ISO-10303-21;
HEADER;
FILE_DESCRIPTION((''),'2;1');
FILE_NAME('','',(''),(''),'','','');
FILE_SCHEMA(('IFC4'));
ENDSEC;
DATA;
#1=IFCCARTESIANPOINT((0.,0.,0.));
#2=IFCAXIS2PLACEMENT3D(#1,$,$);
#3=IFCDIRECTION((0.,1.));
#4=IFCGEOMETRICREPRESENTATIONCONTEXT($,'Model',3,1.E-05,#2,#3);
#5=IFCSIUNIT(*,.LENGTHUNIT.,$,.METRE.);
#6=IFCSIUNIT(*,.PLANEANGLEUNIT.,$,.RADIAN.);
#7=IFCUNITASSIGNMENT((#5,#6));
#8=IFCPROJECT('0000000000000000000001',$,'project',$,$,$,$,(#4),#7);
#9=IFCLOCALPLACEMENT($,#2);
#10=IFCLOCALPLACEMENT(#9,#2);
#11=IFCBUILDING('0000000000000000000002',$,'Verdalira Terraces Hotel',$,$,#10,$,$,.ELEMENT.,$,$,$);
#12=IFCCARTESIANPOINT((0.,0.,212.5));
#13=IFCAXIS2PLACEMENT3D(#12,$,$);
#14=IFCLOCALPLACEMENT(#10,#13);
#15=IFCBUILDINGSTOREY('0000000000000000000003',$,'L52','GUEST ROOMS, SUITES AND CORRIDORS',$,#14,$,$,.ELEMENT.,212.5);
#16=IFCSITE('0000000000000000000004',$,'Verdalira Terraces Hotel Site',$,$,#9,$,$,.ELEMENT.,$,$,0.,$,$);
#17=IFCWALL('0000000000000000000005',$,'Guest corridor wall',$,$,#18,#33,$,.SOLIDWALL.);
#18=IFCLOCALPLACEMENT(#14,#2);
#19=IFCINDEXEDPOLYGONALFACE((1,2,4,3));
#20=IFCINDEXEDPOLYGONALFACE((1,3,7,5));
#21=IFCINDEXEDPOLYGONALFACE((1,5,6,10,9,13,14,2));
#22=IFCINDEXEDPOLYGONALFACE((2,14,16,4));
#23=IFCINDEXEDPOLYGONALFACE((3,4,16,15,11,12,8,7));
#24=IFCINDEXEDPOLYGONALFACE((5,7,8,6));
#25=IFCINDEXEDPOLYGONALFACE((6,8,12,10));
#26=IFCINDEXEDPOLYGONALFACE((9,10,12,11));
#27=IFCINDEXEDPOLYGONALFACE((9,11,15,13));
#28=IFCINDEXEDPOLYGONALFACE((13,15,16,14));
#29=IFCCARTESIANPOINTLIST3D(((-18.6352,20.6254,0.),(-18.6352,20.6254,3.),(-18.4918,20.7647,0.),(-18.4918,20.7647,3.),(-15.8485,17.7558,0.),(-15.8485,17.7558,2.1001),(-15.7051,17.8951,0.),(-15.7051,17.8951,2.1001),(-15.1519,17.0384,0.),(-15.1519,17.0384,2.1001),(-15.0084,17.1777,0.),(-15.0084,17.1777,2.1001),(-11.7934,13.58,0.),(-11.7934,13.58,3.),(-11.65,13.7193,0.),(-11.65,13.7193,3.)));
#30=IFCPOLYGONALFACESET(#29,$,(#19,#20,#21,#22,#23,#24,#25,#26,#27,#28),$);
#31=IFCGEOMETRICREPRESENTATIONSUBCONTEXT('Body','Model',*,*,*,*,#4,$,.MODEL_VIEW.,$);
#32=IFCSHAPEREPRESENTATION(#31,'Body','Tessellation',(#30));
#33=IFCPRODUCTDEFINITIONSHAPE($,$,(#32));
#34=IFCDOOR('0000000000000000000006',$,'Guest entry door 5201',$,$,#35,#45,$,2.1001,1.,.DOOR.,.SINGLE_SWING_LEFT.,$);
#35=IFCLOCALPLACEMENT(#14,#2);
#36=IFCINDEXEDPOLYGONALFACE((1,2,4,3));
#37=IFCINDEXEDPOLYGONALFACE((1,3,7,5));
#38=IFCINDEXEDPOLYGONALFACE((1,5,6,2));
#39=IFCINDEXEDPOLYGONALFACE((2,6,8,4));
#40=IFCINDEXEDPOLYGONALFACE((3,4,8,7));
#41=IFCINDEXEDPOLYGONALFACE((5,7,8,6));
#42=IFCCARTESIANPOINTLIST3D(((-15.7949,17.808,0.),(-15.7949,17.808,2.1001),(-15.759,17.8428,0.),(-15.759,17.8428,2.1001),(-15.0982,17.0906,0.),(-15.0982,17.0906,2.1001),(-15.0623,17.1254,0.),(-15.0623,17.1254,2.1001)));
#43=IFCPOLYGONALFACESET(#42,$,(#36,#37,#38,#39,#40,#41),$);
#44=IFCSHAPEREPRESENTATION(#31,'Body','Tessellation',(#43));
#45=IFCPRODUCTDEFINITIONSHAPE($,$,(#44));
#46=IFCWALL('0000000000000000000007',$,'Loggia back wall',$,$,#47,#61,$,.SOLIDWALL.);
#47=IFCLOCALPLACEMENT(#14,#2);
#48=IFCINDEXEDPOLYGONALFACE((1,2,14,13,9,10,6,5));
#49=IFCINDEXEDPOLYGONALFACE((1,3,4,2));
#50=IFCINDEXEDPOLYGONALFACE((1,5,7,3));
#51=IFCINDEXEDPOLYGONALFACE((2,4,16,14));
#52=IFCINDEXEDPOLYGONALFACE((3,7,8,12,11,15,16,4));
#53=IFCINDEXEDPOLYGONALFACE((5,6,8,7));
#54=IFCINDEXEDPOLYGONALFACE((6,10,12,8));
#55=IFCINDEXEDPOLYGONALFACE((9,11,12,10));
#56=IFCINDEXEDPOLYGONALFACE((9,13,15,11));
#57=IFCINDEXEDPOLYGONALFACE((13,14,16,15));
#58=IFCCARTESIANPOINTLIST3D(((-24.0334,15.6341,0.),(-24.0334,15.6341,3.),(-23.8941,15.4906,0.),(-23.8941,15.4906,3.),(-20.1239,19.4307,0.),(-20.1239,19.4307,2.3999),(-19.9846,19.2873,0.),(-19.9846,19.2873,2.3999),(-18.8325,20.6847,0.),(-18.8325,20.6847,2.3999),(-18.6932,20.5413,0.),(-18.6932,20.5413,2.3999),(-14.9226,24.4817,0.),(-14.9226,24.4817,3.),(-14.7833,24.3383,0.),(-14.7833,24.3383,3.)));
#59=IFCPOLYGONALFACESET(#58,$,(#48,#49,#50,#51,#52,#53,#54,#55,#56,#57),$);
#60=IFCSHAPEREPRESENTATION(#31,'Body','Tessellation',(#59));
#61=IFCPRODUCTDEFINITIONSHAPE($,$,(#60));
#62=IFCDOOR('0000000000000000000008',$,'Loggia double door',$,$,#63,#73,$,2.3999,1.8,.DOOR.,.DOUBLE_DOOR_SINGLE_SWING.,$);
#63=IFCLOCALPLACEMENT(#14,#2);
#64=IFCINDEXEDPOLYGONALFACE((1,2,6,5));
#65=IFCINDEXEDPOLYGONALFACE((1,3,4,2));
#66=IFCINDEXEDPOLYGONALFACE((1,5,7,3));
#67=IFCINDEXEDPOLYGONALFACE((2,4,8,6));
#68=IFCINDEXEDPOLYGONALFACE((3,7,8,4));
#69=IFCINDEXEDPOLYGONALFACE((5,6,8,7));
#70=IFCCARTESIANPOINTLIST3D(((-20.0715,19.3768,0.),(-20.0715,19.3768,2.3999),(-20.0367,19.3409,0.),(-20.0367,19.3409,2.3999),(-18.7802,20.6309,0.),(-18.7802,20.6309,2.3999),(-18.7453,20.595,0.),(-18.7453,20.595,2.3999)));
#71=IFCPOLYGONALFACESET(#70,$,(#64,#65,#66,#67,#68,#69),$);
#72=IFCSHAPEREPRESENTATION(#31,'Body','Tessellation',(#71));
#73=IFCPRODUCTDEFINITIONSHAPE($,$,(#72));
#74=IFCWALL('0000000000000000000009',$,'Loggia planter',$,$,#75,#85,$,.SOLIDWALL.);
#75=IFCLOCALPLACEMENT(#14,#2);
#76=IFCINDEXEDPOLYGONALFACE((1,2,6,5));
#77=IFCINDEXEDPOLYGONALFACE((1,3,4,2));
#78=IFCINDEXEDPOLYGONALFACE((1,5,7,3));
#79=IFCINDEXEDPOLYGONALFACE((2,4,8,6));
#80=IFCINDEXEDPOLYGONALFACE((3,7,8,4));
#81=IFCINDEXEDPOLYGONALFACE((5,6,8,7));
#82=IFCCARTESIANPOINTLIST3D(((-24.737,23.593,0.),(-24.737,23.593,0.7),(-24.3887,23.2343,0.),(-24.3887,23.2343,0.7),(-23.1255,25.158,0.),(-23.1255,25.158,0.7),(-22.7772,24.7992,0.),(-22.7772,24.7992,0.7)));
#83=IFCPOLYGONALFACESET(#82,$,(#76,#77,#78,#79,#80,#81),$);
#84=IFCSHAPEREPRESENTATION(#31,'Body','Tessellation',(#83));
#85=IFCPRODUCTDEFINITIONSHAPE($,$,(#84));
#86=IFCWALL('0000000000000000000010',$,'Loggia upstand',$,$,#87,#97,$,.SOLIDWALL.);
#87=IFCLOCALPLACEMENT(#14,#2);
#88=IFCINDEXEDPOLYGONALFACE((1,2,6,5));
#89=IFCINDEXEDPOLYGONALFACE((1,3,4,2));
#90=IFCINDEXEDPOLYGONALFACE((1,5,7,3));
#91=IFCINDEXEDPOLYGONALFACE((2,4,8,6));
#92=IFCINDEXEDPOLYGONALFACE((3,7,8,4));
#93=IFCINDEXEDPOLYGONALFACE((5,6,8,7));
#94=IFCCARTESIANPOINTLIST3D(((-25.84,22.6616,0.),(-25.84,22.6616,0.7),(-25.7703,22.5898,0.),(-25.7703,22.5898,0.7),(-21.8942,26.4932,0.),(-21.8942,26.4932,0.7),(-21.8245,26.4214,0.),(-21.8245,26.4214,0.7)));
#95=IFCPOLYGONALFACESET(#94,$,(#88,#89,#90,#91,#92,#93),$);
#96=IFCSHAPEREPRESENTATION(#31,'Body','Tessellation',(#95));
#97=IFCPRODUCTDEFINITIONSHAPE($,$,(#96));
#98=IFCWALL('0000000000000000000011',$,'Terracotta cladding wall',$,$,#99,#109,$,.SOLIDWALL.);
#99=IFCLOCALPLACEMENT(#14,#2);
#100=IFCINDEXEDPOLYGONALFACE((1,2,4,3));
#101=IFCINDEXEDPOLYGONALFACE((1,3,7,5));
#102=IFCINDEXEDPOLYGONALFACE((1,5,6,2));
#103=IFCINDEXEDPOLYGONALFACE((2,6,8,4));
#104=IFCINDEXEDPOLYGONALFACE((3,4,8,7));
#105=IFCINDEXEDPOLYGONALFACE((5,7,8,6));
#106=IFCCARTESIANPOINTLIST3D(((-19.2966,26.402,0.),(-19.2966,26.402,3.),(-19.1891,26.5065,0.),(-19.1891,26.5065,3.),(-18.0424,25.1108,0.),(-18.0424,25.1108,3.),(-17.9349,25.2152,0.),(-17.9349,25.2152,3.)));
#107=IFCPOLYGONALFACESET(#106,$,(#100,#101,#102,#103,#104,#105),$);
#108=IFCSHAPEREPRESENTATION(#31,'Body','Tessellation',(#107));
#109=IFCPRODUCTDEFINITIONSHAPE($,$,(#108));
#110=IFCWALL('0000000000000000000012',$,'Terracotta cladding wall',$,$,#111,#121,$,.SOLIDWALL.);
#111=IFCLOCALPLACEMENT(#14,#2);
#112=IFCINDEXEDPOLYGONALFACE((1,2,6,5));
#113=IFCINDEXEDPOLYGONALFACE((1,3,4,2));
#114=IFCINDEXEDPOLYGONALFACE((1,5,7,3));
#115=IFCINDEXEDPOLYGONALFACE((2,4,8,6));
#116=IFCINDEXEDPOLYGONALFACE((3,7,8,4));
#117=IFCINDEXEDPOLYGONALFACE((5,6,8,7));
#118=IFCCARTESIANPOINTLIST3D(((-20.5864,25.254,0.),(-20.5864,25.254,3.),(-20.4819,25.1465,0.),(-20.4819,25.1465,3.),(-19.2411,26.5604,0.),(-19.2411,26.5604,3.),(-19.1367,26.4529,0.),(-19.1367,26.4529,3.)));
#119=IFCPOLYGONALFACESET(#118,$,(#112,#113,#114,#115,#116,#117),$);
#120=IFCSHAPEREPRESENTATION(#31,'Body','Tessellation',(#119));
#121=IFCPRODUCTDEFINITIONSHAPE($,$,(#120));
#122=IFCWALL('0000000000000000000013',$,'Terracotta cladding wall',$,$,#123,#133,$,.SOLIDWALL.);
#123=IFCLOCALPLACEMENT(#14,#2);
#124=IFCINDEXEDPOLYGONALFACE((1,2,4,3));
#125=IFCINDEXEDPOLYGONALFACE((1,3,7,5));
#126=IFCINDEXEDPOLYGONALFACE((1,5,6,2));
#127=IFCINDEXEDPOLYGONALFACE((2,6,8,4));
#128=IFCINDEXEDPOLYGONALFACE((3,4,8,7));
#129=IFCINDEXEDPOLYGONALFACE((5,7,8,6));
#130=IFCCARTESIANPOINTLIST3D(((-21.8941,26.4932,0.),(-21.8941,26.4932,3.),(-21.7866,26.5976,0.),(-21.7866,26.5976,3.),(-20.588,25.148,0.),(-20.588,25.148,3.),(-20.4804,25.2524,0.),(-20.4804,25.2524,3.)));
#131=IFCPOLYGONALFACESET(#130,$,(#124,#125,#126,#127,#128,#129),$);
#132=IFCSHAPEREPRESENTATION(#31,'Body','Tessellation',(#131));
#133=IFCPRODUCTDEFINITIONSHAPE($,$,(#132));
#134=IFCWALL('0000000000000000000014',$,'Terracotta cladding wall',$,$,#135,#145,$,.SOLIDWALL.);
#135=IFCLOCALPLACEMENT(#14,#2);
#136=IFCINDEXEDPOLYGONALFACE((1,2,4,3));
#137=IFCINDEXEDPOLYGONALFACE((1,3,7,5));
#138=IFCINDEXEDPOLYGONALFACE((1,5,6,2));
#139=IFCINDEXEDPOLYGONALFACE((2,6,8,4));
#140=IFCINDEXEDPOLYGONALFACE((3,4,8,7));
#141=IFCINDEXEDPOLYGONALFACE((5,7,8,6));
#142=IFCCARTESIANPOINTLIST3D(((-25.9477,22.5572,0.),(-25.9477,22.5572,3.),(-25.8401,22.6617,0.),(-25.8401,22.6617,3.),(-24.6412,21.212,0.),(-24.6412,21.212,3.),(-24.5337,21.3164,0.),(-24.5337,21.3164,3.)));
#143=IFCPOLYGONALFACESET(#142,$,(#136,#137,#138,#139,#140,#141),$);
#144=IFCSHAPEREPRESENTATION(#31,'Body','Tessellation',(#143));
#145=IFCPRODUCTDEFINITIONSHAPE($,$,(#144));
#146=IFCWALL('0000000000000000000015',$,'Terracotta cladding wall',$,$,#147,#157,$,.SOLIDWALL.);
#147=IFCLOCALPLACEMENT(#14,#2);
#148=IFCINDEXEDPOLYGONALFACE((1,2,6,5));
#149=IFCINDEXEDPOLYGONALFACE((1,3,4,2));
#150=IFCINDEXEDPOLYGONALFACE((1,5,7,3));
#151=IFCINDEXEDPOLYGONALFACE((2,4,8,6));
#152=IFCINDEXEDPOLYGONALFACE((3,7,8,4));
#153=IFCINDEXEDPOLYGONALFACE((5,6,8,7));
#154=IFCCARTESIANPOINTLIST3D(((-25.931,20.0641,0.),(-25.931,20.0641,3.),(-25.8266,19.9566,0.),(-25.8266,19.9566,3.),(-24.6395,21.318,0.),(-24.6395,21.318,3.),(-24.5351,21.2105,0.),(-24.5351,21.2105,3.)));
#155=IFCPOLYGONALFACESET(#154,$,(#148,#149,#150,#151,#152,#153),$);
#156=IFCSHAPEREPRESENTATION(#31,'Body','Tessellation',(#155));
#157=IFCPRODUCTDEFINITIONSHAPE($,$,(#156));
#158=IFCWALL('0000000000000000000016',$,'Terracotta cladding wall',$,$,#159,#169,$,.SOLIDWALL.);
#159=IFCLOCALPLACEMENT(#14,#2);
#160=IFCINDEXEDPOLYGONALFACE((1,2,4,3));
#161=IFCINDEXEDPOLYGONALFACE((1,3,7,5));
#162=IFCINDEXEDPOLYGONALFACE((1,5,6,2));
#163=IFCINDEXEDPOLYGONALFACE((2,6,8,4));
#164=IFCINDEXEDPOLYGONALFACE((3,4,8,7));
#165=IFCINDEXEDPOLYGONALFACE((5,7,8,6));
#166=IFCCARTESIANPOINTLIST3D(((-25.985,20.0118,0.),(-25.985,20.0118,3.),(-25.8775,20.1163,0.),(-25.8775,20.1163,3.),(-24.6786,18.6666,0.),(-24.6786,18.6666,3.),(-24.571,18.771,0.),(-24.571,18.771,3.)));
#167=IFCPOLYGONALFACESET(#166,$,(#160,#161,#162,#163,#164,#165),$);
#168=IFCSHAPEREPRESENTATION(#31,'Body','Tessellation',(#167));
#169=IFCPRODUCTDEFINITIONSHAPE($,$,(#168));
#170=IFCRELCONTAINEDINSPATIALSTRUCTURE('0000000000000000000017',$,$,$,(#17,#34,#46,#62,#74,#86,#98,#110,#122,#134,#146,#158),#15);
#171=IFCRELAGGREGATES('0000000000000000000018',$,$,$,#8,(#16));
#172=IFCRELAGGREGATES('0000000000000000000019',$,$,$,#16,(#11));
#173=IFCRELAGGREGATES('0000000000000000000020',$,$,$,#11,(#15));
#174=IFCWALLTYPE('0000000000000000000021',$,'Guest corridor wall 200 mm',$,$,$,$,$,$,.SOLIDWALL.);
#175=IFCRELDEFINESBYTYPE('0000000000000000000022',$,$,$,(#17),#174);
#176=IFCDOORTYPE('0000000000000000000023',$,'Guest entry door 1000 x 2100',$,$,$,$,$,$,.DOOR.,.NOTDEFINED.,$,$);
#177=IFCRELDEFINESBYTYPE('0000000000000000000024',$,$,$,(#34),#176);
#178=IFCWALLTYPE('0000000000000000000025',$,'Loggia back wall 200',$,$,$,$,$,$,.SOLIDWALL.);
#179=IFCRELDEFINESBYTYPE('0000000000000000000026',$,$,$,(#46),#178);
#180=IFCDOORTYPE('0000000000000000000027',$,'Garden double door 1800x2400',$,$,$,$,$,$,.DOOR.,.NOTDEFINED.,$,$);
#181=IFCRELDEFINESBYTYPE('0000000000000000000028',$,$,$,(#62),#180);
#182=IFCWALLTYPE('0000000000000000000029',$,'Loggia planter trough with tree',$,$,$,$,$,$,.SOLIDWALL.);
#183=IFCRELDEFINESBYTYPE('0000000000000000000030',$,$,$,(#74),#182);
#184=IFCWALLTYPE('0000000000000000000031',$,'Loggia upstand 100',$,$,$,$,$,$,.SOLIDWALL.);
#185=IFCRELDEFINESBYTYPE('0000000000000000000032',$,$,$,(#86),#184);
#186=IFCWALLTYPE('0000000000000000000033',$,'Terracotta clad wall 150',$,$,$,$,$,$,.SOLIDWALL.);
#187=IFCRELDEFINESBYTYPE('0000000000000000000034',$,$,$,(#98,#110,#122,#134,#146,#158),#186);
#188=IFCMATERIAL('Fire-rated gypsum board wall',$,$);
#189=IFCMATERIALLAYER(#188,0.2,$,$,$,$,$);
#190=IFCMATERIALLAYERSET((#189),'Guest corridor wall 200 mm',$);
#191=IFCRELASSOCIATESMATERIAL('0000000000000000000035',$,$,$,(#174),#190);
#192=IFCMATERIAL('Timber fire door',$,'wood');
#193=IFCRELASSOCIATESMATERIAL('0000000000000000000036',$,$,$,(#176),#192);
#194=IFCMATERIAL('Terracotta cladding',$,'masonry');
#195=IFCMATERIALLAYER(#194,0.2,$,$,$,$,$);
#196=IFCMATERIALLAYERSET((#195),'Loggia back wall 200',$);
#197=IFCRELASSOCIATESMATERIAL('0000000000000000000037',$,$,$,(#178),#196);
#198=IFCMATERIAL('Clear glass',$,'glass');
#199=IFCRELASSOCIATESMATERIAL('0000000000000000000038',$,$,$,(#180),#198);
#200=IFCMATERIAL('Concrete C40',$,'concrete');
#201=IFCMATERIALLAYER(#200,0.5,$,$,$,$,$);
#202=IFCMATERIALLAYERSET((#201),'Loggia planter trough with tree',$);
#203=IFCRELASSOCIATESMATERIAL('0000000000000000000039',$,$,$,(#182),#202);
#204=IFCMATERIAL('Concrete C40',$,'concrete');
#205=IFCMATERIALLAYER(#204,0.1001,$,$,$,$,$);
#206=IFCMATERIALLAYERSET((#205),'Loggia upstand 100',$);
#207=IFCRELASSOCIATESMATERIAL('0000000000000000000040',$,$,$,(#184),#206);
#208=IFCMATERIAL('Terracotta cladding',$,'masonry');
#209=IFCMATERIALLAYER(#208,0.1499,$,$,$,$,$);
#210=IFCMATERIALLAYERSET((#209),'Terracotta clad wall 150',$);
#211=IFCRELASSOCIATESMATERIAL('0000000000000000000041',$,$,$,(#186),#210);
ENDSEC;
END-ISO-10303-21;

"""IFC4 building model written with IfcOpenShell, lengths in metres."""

from ifc_helpers import new_model, si_unit, direction, frame, frame_2d, origin, place, context, subcontext, project, spatial, rectangle, extrude, material, layer, layer_set, type_object, element, fill, save


model = new_model("IFC4")

# Units and contexts
model_context = context("Model", 3, precision=1e-05, world=origin(), true_north=direction((0.0, 1.0)))
body_context = subcontext(model_context, "Body", "Model", "MODEL_VIEW")
ifc_project = project(units=[si_unit("LENGTHUNIT", "METRE"), si_unit("PLANEANGLEUNIT", "RADIAN")], contexts=[model_context])

# Site, building, storey
site_placement = place(None, origin())
site = spatial("IfcSite", under=ifc_project, at=site_placement, Name="Verdalira Terraces Hotel Site", CompositionType="ELEMENT", RefElevation=0.0)
building_placement = place(site_placement, origin())
building = spatial("IfcBuilding", under=site, at=building_placement, Name="Verdalira Terraces Hotel", CompositionType="ELEMENT")
storey_placement = place(building_placement, frame((0.0, 0.0, 212.5)))
storey = spatial("IfcBuildingStorey", under=building, at=storey_placement, Name="L52", Description="GUEST ROOMS, SUITES AND CORRIDORS", CompositionType="ELEMENT", Elevation=212.5)

# Walls, openings, doors
ifc_material_1 = material(Name="Fire-rated gypsum board wall")
ifc_layer_1 = layer(ifc_material_1, 0.2)
ifc_layer_set_1 = layer_set([ifc_layer_1], Name="Guest corridor wall 200 mm")
wall_type_1 = type_object("IfcWallType", Name="Guest corridor wall 200 mm", PredefinedType="SOLIDWALL", material=ifc_layer_set_1)
wall_1_placement = place(storey_placement, frame((-18.5635, 20.6951, 0.0), z_axis=(0.0, 0.0, 1.0), x_axis=(0.696664, -0.717397, 0.0)))
wall_1 = element("IfcWall", 1, at=wall_1_placement, inside=storey, type_object=wall_type_1, Name="Guest corridor wall", PredefinedType="SOLIDWALL", context=body_context, shape_type="SweptSolid", body=[
    extrude(rectangle(XDim=9.8208, YDim=0.2, at=frame_2d((4.9104, 0.0))), origin(), (0.0, 0.0, 1.0), 3.0),
])
opening_1_placement = place(wall_1_placement, frame((4.0, 0.0, 0.0)))
opening_1 = element("IfcOpeningElement", 2, at=opening_1_placement, cuts=wall_1, PredefinedType="OPENING", context=body_context, shape_type="SweptSolid", body=[
    extrude(rectangle(XDim=1.0, YDim=2.1001, at=frame_2d((0.5, 1.05))), frame((0.0, 0.1099, 0.0), z_axis=(0.0, -1.0, 0.0), x_axis=(1.0, 0.0, 0.0)), (0.0, 0.0, 1.0), 0.22),
])
ifc_material_2 = material(Name="Timber fire door", Category="wood")
door_type_1 = type_object("IfcDoorType", Name="Guest entry door 1000 x 2100", OperationType="NOTDEFINED", PredefinedType="DOOR", material=ifc_material_2)
door_1_placement = place(opening_1_placement, origin())
door_1 = element("IfcDoor", 3, at=door_1_placement, inside=storey, type_object=door_type_1, Name="Guest entry door 5201", OperationType="SINGLE_SWING_LEFT", OverallHeight=2.1001, OverallWidth=1.0, PredefinedType="DOOR", context=body_context, shape_type="SweptSolid", body=[
    extrude(rectangle(XDim=1.0, YDim=2.1001, at=frame_2d((0.5, 1.05))), frame((0.0, 0.0249, 0.0), z_axis=(0.0, -1.0, 0.0), x_axis=(1.0, 0.0, 0.0)), (0.0, 0.0, 1.0), 0.05),
])
fill(opening_1, door_1)
ifc_material_3 = material(Name="Terracotta cladding", Category="masonry")
ifc_layer_2 = layer(ifc_material_3, 0.2)
ifc_layer_set_2 = layer_set([ifc_layer_2], Name="Loggia back wall 200")
wall_type_2 = type_object("IfcWallType", Name="Loggia back wall 200", PredefinedType="SOLIDWALL", material=ifc_layer_set_2)
wall_2_placement = place(storey_placement, frame((-23.9639, 15.5623, 0.0), z_axis=(0.0, 0.0, 1.0), x_axis=(0.717392, 0.696669, 0.0)))
wall_2 = element("IfcWall", 4, at=wall_2_placement, inside=storey, type_object=wall_type_2, Name="Loggia back wall", PredefinedType="SOLIDWALL", context=body_context, shape_type="SweptSolid", body=[
    extrude(rectangle(XDim=12.7, YDim=0.2, at=frame_2d((6.3501, 0.0))), origin(), (0.0, 0.0, 1.0), 3.0),
])
opening_2_placement = place(wall_2_placement, frame((5.45, 0.0, 0.0)))
opening_2 = element("IfcOpeningElement", 5, at=opening_2_placement, cuts=wall_2, PredefinedType="OPENING", context=body_context, shape_type="SweptSolid", body=[
    extrude(rectangle(XDim=1.8, YDim=2.3999, at=frame_2d((0.8999, 1.2))), frame((0.0, 0.1099, 0.0), z_axis=(0.0, -1.0, 0.0), x_axis=(1.0, 0.0, 0.0)), (0.0, 0.0, 1.0), 0.22),
])
ifc_material_4 = material(Name="Clear glass", Category="glass")
door_type_2 = type_object("IfcDoorType", Name="Garden double door 1800x2400", OperationType="NOTDEFINED", PredefinedType="DOOR", material=ifc_material_4)
door_2_placement = place(opening_2_placement, origin())
door_2 = element("IfcDoor", 6, at=door_2_placement, inside=storey, type_object=door_type_2, Name="Loggia double door", OperationType="DOUBLE_DOOR_SINGLE_SWING", OverallHeight=2.3999, OverallWidth=1.8, PredefinedType="DOOR", context=body_context, shape_type="SweptSolid", body=[
    extrude(rectangle(XDim=1.8, YDim=2.3999, at=frame_2d((0.8999, 1.2))), frame((0.0, 0.0249, 0.0), z_axis=(0.0, -1.0, 0.0), x_axis=(1.0, 0.0, 0.0)), (0.0, 0.0, 1.0), 0.05),
])
fill(opening_2, door_2)

# Walls
ifc_material_5 = material(Name="Concrete C40", Category="concrete")
ifc_layer_3 = layer(ifc_material_5, 0.5)
ifc_layer_set_3 = layer_set([ifc_layer_3], Name="Loggia planter trough with tree")
wall_type_3 = type_object("IfcWallType", Name="Loggia planter trough with tree", PredefinedType="SOLIDWALL", material=ifc_layer_set_3)
wall_3_placement = place(storey_placement, frame((-22.9514, 24.9785, 0.0), z_axis=(0.0, 0.0, 1.0), x_axis=(-0.71741, -0.696651, 0.0)))
element("IfcWall", 7, at=wall_3_placement, inside=storey, type_object=wall_type_3, Name="Loggia planter", PredefinedType="SOLIDWALL", context=body_context, shape_type="SweptSolid", body=[
    extrude(rectangle(XDim=2.2463, YDim=0.5, at=frame_2d((1.123, 0.0))), origin(), (0.0, 0.0, 1.0), 0.7),
])
ifc_material_6 = material(Name="Concrete C40", Category="concrete")
ifc_layer_4 = layer(ifc_material_6, 0.1001)
ifc_layer_set_4 = layer_set([ifc_layer_4], Name="Loggia upstand 100")
wall_type_4 = type_object("IfcWallType", Name="Loggia upstand 100", PredefinedType="SOLIDWALL", material=ifc_layer_set_4)
wall_4_placement = place(storey_placement, frame((-21.8594, 26.4573, 0.0), z_axis=(0.0, 0.0, 1.0), x_axis=(-0.717418, -0.696643, 0.0)))
element("IfcWall", 8, at=wall_4_placement, inside=storey, type_object=wall_type_4, Name="Loggia upstand", PredefinedType="SOLIDWALL", context=body_context, shape_type="SweptSolid", body=[
    extrude(rectangle(XDim=5.5, YDim=0.1001, at=frame_2d((2.75, 0.0))), origin(), (0.0, 0.0, 1.0), 0.7),
])
ifc_material_7 = material(Name="Terracotta cladding", Category="masonry")
ifc_layer_5 = layer(ifc_material_7, 0.1499)
ifc_layer_set_5 = layer_set([ifc_layer_5], Name="Terracotta clad wall 150")
wall_type_5 = type_object("IfcWallType", Name="Terracotta clad wall 150", PredefinedType="SOLIDWALL", material=ifc_layer_set_5)
wall_5_placement = place(storey_placement, frame((-17.9888, 25.1631, 0.0), z_axis=(0.0, 0.0, 1.0), x_axis=(-0.696724, 0.717339, 0.0)))
element("IfcWall", 9, at=wall_5_placement, inside=storey, type_object=wall_type_5, Name="Terracotta cladding wall", PredefinedType="SOLIDWALL", context=body_context, shape_type="SweptSolid", body=[
    extrude(rectangle(XDim=1.8, YDim=0.1499, at=frame_2d((0.8999, 0.0))), origin(), (0.0, 0.0, 1.0), 3.0),
])
wall_6_placement = place(storey_placement, frame((-19.189, 26.5066, 0.0), z_axis=(0.0, 0.0, 1.0), x_axis=(-0.717382, -0.69668, 0.0)))
element("IfcWall", 10, at=wall_6_placement, inside=storey, type_object=wall_type_5, Name="Terracotta cladding wall", PredefinedType="SOLIDWALL", context=body_context, shape_type="SweptSolid", body=[
    extrude(rectangle(XDim=1.8752, YDim=0.1499, at=frame_2d((0.9375, 0.0))), origin(), (0.0, 0.0, 1.0), 3.0),
])
wall_7_placement = place(storey_placement, frame((-20.5342, 25.2002, 0.0), z_axis=(0.0, 0.0, 1.0), x_axis=(-0.696613, 0.717447, 0.0)))
element("IfcWall", 11, at=wall_7_placement, inside=storey, type_object=wall_type_5, Name="Terracotta cladding wall", PredefinedType="SOLIDWALL", context=body_context, shape_type="SweptSolid", body=[
    extrude(rectangle(XDim=1.875, YDim=0.1499, at=frame_2d((0.9375, 0.0))), origin(), (0.0, 0.0, 1.0), 3.0),
])
wall_8_placement = place(storey_placement, frame((-25.8938, 22.6094, 0.0), z_axis=(0.0, 0.0, 1.0), x_axis=(0.69668, -0.717382, 0.0)))
element("IfcWall", 12, at=wall_8_placement, inside=storey, type_object=wall_type_5, Name="Terracotta cladding wall", PredefinedType="SOLIDWALL", context=body_context, shape_type="SweptSolid", body=[
    extrude(rectangle(XDim=1.8752, YDim=0.1499, at=frame_2d((0.9375, 0.0))), origin(), (0.0, 0.0, 1.0), 3.0),
])
wall_9_placement = place(storey_placement, frame((-24.5874, 21.2642, 0.0), z_axis=(0.0, 0.0, 1.0), x_axis=(-0.717473, -0.696586, 0.0)))
element("IfcWall", 13, at=wall_9_placement, inside=storey, type_object=wall_type_5, Name="Terracotta cladding wall", PredefinedType="SOLIDWALL", context=body_context, shape_type="SweptSolid", body=[
    extrude(rectangle(XDim=1.8, YDim=0.1499, at=frame_2d((0.8999, 0.0))), origin(), (0.0, 0.0, 1.0), 3.0),
])
wall_10_placement = place(storey_placement, frame((-25.9312, 20.064, 0.0), z_axis=(0.0, 0.0, 1.0), x_axis=(0.69668, -0.717382, 0.0)))
element("IfcWall", 14, at=wall_10_placement, inside=storey, type_object=wall_type_5, Name="Terracotta cladding wall", PredefinedType="SOLIDWALL", context=body_context, shape_type="SweptSolid", body=[
    extrude(rectangle(XDim=1.8752, YDim=0.1499, at=frame_2d((0.9375, 0.0))), origin(), (0.0, 0.0, 1.0), 3.0),
])

save(model, "model.ifc")
